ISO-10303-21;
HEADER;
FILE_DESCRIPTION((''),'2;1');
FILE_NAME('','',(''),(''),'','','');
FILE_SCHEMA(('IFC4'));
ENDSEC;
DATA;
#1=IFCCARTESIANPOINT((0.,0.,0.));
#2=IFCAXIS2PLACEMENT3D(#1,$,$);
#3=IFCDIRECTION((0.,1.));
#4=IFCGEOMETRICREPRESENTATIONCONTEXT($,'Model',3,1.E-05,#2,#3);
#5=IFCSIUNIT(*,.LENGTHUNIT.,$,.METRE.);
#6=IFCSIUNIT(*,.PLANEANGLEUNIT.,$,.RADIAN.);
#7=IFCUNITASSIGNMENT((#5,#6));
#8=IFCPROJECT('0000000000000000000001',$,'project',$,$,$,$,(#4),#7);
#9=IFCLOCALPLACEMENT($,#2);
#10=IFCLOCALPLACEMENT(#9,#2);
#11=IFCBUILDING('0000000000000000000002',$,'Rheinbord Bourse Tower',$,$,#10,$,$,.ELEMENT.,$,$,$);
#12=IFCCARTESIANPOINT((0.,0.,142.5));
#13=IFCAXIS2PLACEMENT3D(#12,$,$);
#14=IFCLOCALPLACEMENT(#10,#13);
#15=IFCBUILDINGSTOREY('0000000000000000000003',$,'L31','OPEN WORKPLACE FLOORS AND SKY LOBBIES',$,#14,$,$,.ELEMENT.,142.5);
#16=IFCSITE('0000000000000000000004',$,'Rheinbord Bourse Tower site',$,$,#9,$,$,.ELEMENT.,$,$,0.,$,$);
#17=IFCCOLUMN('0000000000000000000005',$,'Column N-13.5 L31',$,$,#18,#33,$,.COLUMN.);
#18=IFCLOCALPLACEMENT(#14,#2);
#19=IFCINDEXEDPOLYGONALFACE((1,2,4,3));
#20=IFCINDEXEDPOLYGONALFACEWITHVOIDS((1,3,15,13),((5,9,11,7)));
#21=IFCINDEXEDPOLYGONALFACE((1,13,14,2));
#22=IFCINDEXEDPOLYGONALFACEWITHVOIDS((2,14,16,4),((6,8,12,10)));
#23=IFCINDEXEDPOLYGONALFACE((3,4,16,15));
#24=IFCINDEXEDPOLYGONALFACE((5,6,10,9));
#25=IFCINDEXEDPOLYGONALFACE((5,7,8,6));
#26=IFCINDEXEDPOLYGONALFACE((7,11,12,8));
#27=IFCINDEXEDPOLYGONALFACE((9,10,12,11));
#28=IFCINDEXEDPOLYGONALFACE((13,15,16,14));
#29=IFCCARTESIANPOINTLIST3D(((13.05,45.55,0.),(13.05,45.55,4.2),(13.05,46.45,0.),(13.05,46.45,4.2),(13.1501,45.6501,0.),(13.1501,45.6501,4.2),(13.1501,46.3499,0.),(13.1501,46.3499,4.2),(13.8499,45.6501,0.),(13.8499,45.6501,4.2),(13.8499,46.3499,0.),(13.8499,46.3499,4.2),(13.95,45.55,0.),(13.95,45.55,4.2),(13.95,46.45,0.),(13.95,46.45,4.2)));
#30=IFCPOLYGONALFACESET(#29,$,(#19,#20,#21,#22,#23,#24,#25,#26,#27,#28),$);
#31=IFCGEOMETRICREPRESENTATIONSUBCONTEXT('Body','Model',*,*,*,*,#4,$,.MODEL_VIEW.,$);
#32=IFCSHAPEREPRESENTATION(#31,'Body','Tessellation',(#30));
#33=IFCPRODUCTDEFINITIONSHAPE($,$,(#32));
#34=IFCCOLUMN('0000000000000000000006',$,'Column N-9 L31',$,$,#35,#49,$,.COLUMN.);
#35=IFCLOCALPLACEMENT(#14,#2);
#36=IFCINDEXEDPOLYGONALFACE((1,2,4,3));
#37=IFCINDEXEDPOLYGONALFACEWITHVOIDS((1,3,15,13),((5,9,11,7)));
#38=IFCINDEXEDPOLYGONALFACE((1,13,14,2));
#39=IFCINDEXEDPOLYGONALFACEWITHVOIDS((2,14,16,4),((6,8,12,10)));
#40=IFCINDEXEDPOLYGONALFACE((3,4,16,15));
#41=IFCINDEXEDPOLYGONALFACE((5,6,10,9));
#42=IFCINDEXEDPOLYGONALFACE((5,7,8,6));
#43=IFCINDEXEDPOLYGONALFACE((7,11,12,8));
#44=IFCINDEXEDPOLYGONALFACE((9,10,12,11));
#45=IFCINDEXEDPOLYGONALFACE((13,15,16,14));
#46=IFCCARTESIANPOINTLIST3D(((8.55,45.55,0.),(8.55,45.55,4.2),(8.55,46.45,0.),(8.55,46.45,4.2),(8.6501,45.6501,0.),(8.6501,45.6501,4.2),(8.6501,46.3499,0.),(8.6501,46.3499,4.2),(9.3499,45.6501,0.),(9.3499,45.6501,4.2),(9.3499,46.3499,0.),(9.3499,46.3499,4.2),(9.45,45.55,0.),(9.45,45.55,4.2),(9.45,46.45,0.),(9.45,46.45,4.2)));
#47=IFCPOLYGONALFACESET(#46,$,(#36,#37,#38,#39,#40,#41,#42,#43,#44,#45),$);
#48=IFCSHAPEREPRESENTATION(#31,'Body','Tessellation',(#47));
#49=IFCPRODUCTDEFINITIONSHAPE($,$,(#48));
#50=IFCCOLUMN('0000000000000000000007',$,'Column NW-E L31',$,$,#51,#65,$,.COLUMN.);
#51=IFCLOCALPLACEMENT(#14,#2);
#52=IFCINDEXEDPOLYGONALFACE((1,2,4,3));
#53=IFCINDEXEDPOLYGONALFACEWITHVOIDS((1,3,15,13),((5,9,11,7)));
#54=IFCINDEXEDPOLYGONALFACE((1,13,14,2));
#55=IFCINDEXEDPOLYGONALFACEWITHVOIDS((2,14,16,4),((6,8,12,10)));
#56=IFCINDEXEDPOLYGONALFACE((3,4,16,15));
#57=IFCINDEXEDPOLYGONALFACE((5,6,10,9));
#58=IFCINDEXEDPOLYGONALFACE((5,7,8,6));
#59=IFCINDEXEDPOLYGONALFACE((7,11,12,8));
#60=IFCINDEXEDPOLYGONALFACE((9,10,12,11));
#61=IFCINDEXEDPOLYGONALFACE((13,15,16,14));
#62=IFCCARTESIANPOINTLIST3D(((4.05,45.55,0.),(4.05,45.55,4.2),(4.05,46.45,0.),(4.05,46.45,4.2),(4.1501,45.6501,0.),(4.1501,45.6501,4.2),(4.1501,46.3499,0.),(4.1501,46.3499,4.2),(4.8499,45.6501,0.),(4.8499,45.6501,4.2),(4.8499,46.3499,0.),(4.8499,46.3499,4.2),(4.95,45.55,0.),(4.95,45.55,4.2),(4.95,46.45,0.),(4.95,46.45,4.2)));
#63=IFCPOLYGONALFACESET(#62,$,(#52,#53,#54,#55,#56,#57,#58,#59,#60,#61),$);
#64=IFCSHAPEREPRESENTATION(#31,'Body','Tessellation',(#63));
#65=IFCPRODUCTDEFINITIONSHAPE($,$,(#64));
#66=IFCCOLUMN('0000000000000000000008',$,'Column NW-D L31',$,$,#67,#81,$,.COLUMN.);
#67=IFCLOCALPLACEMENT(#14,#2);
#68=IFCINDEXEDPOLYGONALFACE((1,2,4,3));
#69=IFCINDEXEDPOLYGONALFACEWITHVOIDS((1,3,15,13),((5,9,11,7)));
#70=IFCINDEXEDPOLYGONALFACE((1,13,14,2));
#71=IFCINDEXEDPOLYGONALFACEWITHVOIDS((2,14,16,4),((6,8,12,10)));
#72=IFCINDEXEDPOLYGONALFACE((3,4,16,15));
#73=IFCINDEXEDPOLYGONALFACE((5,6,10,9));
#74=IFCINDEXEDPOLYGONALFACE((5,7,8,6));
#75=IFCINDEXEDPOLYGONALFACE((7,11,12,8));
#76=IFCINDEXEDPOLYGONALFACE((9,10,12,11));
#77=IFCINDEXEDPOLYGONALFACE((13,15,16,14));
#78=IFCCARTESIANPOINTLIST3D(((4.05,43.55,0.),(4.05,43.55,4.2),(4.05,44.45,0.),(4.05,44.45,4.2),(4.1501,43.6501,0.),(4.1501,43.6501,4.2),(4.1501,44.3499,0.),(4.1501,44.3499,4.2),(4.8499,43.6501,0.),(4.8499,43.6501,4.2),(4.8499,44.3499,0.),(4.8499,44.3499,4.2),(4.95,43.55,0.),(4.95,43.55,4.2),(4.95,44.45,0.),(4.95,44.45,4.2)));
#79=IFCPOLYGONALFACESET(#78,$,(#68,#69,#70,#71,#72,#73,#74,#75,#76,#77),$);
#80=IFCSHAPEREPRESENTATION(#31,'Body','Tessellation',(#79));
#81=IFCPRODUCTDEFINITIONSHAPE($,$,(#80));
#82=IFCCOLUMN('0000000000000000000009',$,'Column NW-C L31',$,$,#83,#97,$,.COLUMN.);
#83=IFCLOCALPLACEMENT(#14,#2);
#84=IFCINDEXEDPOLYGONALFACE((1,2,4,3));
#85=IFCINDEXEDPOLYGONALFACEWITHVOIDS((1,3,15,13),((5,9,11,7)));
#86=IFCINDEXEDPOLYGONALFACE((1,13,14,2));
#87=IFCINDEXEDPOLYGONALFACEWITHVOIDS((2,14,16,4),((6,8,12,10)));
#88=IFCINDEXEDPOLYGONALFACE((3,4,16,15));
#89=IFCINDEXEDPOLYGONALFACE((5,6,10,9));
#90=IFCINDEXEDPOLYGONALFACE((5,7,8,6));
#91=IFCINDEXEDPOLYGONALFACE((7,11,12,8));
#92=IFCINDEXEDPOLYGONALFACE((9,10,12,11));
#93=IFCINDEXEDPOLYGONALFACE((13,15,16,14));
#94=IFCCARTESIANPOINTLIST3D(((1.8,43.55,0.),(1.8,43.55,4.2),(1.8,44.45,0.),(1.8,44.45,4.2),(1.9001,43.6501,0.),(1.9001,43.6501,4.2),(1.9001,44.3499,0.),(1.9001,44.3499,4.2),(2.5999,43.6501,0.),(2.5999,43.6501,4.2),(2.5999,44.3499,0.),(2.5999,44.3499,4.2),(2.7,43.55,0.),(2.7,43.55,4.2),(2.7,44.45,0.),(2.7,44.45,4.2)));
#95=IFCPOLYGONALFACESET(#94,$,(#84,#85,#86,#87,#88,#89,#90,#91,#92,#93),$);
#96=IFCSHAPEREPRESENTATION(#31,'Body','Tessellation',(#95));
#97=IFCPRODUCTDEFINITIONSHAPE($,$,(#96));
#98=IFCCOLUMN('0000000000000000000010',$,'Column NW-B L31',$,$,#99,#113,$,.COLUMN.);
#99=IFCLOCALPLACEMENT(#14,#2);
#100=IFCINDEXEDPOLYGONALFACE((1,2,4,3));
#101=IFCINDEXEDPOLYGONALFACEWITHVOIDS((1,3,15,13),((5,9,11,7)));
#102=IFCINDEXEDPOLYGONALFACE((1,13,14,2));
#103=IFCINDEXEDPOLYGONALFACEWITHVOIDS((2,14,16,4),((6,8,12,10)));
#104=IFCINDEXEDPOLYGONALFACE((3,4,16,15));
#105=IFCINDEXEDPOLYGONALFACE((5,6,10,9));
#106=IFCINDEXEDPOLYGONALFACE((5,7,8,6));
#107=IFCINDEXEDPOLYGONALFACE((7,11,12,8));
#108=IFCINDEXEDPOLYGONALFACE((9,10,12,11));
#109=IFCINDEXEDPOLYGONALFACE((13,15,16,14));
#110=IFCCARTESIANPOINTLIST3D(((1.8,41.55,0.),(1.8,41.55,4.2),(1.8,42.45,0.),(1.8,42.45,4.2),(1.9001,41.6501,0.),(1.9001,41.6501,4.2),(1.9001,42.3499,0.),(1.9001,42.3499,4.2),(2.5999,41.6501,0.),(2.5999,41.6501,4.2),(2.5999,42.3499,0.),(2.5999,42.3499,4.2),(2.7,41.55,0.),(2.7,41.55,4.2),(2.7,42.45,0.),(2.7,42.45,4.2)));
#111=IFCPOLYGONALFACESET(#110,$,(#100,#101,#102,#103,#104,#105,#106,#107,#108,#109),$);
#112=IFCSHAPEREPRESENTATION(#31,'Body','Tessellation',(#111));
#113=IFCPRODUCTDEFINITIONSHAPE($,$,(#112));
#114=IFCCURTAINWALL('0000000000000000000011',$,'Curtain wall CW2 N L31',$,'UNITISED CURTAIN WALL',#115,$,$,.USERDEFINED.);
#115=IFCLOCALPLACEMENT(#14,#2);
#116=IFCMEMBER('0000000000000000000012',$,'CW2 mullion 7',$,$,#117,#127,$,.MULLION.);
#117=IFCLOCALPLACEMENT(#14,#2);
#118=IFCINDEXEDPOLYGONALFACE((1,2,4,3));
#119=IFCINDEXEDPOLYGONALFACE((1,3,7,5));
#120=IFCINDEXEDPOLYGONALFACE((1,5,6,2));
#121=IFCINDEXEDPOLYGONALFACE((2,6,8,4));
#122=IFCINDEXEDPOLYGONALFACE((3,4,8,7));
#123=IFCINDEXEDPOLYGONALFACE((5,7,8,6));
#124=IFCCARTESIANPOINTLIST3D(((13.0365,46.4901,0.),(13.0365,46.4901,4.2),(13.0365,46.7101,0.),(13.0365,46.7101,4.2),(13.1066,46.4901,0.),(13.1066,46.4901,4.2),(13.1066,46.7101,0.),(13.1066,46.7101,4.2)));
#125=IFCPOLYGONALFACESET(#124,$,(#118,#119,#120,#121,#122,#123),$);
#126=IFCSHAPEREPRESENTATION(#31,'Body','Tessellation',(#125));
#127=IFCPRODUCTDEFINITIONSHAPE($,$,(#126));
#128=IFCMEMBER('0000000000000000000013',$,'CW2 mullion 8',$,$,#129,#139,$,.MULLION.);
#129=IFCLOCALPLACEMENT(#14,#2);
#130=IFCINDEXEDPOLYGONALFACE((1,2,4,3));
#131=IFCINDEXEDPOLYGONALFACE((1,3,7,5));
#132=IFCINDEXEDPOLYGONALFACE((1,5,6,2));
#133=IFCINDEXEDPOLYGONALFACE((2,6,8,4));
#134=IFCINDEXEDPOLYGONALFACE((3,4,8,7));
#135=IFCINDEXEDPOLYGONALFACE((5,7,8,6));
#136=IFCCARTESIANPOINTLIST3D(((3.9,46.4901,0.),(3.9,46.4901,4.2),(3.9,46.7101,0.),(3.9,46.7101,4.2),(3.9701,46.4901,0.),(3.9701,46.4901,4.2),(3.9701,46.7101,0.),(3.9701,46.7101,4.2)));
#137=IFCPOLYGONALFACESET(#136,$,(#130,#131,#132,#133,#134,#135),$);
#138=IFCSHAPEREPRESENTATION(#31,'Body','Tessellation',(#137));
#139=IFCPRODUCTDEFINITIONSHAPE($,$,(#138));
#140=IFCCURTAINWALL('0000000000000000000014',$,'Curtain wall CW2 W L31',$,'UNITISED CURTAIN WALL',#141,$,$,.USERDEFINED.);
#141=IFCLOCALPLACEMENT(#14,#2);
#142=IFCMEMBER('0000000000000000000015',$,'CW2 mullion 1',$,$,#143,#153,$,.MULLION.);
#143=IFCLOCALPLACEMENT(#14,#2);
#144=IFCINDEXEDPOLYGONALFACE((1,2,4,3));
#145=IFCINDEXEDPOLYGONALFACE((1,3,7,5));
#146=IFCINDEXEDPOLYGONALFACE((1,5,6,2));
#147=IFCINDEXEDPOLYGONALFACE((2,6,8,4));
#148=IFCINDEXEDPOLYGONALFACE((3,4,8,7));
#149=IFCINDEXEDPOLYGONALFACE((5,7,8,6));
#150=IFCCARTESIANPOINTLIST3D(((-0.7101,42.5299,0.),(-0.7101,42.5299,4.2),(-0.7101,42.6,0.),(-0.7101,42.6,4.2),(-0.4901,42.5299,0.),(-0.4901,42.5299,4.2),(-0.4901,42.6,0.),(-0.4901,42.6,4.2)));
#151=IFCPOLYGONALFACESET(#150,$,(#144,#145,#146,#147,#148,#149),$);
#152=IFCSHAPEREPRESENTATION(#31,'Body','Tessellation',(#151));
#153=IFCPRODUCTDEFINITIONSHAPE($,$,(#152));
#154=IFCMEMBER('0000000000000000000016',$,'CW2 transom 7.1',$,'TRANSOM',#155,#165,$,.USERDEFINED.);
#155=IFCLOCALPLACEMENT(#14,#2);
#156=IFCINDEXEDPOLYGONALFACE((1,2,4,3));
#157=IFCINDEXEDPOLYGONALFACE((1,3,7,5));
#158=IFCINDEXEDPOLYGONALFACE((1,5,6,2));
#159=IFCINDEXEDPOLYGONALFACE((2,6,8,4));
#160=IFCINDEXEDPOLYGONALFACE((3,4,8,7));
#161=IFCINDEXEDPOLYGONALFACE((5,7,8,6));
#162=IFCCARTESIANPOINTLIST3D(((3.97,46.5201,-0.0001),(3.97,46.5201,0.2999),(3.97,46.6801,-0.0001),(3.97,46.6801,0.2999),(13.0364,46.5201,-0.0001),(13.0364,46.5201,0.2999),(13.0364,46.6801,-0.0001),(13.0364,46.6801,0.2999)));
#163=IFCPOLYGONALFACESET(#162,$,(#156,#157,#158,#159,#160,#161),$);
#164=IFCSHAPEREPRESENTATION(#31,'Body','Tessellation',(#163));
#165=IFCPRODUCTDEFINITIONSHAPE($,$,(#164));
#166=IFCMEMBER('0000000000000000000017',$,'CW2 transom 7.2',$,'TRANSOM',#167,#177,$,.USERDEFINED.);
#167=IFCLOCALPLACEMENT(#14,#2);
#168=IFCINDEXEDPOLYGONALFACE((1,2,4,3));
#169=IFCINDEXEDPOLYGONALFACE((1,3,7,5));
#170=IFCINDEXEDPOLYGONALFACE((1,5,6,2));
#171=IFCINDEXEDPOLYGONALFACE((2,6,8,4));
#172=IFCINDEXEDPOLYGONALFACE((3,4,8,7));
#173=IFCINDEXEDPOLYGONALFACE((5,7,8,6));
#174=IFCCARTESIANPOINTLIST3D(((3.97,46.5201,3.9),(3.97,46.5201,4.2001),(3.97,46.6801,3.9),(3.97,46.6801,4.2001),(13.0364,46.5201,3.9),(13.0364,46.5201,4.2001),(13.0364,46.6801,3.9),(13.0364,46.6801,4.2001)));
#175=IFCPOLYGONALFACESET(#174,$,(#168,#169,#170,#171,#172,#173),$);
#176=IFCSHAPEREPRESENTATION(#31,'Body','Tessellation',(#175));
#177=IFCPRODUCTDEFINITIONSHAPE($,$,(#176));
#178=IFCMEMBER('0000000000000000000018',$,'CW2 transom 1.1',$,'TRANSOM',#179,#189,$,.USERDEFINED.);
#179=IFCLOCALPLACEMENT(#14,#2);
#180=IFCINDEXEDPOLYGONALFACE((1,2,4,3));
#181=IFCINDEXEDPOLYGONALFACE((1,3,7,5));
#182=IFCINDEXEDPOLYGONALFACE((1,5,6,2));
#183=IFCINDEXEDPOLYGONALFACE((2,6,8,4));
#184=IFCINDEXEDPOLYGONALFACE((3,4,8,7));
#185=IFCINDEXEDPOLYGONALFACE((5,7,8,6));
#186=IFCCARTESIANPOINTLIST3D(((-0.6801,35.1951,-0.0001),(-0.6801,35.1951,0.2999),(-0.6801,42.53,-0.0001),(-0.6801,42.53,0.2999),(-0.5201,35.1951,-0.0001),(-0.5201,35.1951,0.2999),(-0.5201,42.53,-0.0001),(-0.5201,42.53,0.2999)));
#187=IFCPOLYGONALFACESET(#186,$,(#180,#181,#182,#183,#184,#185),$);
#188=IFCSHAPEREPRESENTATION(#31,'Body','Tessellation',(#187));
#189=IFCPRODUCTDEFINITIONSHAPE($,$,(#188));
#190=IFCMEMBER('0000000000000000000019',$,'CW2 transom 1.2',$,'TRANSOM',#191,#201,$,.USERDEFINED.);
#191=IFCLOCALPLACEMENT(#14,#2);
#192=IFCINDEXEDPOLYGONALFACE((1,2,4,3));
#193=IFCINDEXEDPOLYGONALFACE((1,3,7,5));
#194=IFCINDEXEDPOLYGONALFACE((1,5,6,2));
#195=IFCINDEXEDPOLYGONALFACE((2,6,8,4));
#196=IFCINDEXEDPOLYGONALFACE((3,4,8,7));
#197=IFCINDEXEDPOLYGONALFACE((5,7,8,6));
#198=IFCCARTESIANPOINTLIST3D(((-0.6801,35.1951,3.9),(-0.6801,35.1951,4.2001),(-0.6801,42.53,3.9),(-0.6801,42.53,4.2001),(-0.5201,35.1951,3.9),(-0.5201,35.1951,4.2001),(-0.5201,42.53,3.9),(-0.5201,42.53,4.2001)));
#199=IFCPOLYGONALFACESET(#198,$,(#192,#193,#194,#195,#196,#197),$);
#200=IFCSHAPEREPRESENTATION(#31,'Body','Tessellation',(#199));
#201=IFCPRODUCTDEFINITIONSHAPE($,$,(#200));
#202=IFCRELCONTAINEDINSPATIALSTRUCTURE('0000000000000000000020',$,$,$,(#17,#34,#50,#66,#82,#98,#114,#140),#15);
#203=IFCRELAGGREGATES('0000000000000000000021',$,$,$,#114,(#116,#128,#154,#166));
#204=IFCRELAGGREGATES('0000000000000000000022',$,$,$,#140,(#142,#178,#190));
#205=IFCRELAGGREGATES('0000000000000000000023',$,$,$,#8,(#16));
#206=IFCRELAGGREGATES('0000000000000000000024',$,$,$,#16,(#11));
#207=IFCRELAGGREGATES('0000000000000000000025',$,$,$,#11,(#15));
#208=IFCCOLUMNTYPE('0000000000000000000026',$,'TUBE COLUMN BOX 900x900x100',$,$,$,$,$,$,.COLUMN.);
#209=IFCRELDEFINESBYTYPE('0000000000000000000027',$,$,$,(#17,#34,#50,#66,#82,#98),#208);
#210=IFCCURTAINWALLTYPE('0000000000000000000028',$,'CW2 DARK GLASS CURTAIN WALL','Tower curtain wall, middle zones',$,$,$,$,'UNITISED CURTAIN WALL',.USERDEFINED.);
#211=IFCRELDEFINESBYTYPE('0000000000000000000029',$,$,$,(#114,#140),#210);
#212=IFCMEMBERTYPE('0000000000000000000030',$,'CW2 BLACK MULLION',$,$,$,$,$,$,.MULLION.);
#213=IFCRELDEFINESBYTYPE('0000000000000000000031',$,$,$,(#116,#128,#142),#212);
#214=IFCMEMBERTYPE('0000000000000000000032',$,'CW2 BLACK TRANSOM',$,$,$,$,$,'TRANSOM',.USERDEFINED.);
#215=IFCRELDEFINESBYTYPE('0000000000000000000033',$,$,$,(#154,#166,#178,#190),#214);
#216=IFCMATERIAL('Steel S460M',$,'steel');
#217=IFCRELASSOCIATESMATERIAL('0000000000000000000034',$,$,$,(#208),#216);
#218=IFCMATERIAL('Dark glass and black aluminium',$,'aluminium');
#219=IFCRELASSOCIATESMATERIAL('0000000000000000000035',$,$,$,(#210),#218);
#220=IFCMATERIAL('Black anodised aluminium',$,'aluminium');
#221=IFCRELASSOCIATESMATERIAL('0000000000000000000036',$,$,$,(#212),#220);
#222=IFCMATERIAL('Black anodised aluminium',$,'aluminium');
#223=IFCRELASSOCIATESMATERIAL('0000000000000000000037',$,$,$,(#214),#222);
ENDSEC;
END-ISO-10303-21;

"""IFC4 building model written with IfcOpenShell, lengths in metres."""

from ifc_helpers import new_model, si_unit, direction, frame, origin, origin_2d, place, context, subcontext, project, spatial, rectangle, hollow_rectangle, extrude, material, material_profile, profile_set, type_object, element, aggregate, save


model = new_model("IFC4")

# Units and contexts
model_context = context("Model", 3, precision=1e-05, world=origin(), true_north=direction((0.0, 1.0)))
body_context = subcontext(model_context, "Body", "Model", "MODEL_VIEW")
ifc_project = project(units=[si_unit("LENGTHUNIT", "METRE"), si_unit("PLANEANGLEUNIT", "RADIAN")], contexts=[model_context])

# Site, building, storey
site_placement = place(None, origin())
site = spatial("IfcSite", under=ifc_project, at=site_placement, Name="Rheinbord Bourse Tower site", CompositionType="ELEMENT", RefElevation=0.0)
building_placement = place(site_placement, origin())
building = spatial("IfcBuilding", under=site, at=building_placement, Name="Rheinbord Bourse Tower", CompositionType="ELEMENT")
storey_placement = place(building_placement, frame((0.0, 0.0, 142.5)))
storey = spatial("IfcBuildingStorey", under=building, at=storey_placement, Name="L31", Description="OPEN WORKPLACE FLOORS AND SKY LOBBIES", CompositionType="ELEMENT", Elevation=142.5)

# Columns
ifc_material_1 = material(Name="Steel S460M", Category="steel")
ifc_material_profile_1 = material_profile(ifc_material_1, hollow_rectangle(XDim=0.8999, YDim=0.8999, WallThickness=0.1001, at=origin_2d()), Name="BOX 900x900x100")
ifc_profile_set_1 = profile_set([ifc_material_profile_1], Name="Steel S460M")
column_type = type_object("IfcColumnType", Name="TUBE COLUMN BOX 900x900x100", PredefinedType="COLUMN", material=ifc_profile_set_1)
for number, where, z_axis, x_axis, name in (
    (1, (13.5, 46.0, 0.0), (0.0, 0.0, 1.0), (0.0, 1.0, 0.0), "Column N-13.5 L31"),
    (2, (9.0, 46.0, 0.0), (0.0, 0.0, 1.0), (0.0, 1.0, 0.0), "Column N-9 L31"),
    (3, (4.5, 46.0, 0.0), (0.0, 0.0, 1.0), (0.0, 1.0, 0.0), "Column NW-E L31"),
    (4, (4.5, 44.0, 0.0), (0.0, 0.0, 1.0), (0.0, 1.0, 0.0), "Column NW-D L31"),
    (5, (2.25, 44.0, 0.0), (0.0, 0.0, 1.0), (1.0, 0.0, 0.0), "Column NW-C L31"),
    (6, (2.25, 42.0, 0.0), (0.0, 0.0, 1.0), (1.0, 0.0, 0.0), "Column NW-B L31"),
):
    element("IfcColumn", number, at=place(storey_placement, frame(where, z_axis=z_axis, x_axis=x_axis)), inside=storey, type_object=column_type, Name=name, PredefinedType="COLUMN", context=body_context, shape_type="SweptSolid", body=[
        extrude(hollow_rectangle(XDim=0.8999, YDim=0.8999, WallThickness=0.1001, at=origin_2d()), origin(), (0.0, 0.0, 1.0), 4.2),
    ])

# Curtain wall, members
ifc_material_2 = material(Name="Dark glass and black aluminium", Category="aluminium")
curtain_wall_type = type_object("IfcCurtainWallType", Name="CW2 DARK GLASS CURTAIN WALL", Description="Tower curtain wall, middle zones", ElementType="UNITISED CURTAIN WALL", PredefinedType="USERDEFINED", material=ifc_material_2)
curtain_wall_1_placement = place(storey_placement, origin())
curtain_wall_1 = element("IfcCurtainWall", 7, at=curtain_wall_1_placement, inside=storey, type_object=curtain_wall_type, Name="Curtain wall CW2 N L31", ObjectType="UNITISED CURTAIN WALL", PredefinedType="USERDEFINED")
ifc_material_3 = material(Name="Black anodised aluminium", Category="aluminium")
ifc_material_profile_2 = material_profile(ifc_material_3, rectangle(XDim=0.22, YDim=0.0701, at=origin_2d()), Name="CW2 MULLION 70x220")
ifc_profile_set_2 = profile_set([ifc_material_profile_2], Name="Black anodised aluminium")
member_type_1 = type_object("IfcMemberType", Name="CW2 BLACK MULLION", PredefinedType="MULLION", material=ifc_profile_set_2)
member_1_placement = place(storey_placement, frame((13.0715, 46.6001, 0.0), z_axis=(0.0, 0.0, 1.0), x_axis=(0.0, -1.0, 0.0)))
member_1 = element("IfcMember", 8, at=member_1_placement, type_object=member_type_1, Name="CW2 mullion 7", PredefinedType="MULLION", context=body_context, shape_type="SweptSolid", body=[
    extrude(rectangle(XDim=0.22, YDim=0.0701, at=origin_2d()), origin(), (0.0, 0.0, 1.0), 4.2),
])
member_2_placement = place(storey_placement, frame((3.9351, 46.6001, 0.0), z_axis=(0.0, 0.0, 1.0), x_axis=(0.0, -1.0, 0.0)))
member_2 = element("IfcMember", 9, at=member_2_placement, type_object=member_type_1, Name="CW2 mullion 8", PredefinedType="MULLION", context=body_context, shape_type="SweptSolid", body=[
    extrude(rectangle(XDim=0.22, YDim=0.0701, at=origin_2d()), origin(), (0.0, 0.0, 1.0), 4.2),
])

# Curtain wall, member
curtain_wall_2_placement = place(storey_placement, origin())
curtain_wall_2 = element("IfcCurtainWall", 10, at=curtain_wall_2_placement, inside=storey, type_object=curtain_wall_type, Name="Curtain wall CW2 W L31", ObjectType="UNITISED CURTAIN WALL", PredefinedType="USERDEFINED")
member_3_placement = place(storey_placement, frame((-0.6001, 42.5649, 0.0), z_axis=(0.0, 0.0, 1.0), x_axis=(1.0, 0.0, 0.0)))
member_3 = element("IfcMember", 11, at=member_3_placement, type_object=member_type_1, Name="CW2 mullion 1", PredefinedType="MULLION", context=body_context, shape_type="SweptSolid", body=[
    extrude(rectangle(XDim=0.22, YDim=0.0701, at=origin_2d()), origin(), (0.0, 0.0, 1.0), 4.2),
])

# Members
ifc_material_4 = material(Name="Black anodised aluminium", Category="aluminium")
ifc_material_profile_3 = material_profile(ifc_material_4, rectangle(XDim=0.1599, YDim=0.3, at=origin_2d()), Name="CW2 TRANSOM 300x160")
ifc_profile_set_3 = profile_set([ifc_material_profile_3], Name="Black anodised aluminium")
member_type_2 = type_object("IfcMemberType", Name="CW2 BLACK TRANSOM", ElementType="TRANSOM", PredefinedType="USERDEFINED", material=ifc_profile_set_3)
member_4_placement = place(storey_placement, frame((13.0364, 46.6001, 0.1499), z_axis=(-1.0, 0.0, 0.0), x_axis=(0.0, -1.0, 0.0)))
member_4 = element("IfcMember", 12, at=member_4_placement, type_object=member_type_2, Name="CW2 transom 7.1", ObjectType="TRANSOM", PredefinedType="USERDEFINED", context=body_context, shape_type="SweptSolid", body=[
    extrude(rectangle(XDim=0.1599, YDim=0.3, at=origin_2d()), origin(), (0.0, 0.0, 1.0), 9.0664),
])
member_5_placement = place(storey_placement, frame((13.0364, 46.6001, 4.05), z_axis=(-1.0, 0.0, 0.0), x_axis=(0.0, -1.0, 0.0)))
member_5 = element("IfcMember", 13, at=member_5_placement, type_object=member_type_2, Name="CW2 transom 7.2", ObjectType="TRANSOM", PredefinedType="USERDEFINED", context=body_context, shape_type="SweptSolid", body=[
    extrude(rectangle(XDim=0.1599, YDim=0.3, at=origin_2d()), origin(), (0.0, 0.0, 1.0), 9.0664),
])
member_6_placement = place(storey_placement, frame((-0.6001, 42.53, 0.1499), z_axis=(0.0, -1.0, 0.0), x_axis=(1.0, 0.0, 0.0)))
member_6 = element("IfcMember", 14, at=member_6_placement, type_object=member_type_2, Name="CW2 transom 1.1", ObjectType="TRANSOM", PredefinedType="USERDEFINED", context=body_context, shape_type="SweptSolid", body=[
    extrude(rectangle(XDim=0.1599, YDim=0.3, at=origin_2d()), origin(), (0.0, 0.0, 1.0), 7.335),
])
member_7_placement = place(storey_placement, frame((-0.6001, 42.53, 4.05), z_axis=(0.0, -1.0, 0.0), x_axis=(1.0, 0.0, 0.0)))
member_7 = element("IfcMember", 15, at=member_7_placement, type_object=member_type_2, Name="CW2 transom 1.2", ObjectType="TRANSOM", PredefinedType="USERDEFINED", context=body_context, shape_type="SweptSolid", body=[
    extrude(rectangle(XDim=0.1599, YDim=0.3, at=origin_2d()), origin(), (0.0, 0.0, 1.0), 7.335),
])

aggregate(curtain_wall_1, [member_1, member_2, member_4, member_5])
aggregate(curtain_wall_2, [member_3, member_6, member_7])

save(model, "model.ifc")
